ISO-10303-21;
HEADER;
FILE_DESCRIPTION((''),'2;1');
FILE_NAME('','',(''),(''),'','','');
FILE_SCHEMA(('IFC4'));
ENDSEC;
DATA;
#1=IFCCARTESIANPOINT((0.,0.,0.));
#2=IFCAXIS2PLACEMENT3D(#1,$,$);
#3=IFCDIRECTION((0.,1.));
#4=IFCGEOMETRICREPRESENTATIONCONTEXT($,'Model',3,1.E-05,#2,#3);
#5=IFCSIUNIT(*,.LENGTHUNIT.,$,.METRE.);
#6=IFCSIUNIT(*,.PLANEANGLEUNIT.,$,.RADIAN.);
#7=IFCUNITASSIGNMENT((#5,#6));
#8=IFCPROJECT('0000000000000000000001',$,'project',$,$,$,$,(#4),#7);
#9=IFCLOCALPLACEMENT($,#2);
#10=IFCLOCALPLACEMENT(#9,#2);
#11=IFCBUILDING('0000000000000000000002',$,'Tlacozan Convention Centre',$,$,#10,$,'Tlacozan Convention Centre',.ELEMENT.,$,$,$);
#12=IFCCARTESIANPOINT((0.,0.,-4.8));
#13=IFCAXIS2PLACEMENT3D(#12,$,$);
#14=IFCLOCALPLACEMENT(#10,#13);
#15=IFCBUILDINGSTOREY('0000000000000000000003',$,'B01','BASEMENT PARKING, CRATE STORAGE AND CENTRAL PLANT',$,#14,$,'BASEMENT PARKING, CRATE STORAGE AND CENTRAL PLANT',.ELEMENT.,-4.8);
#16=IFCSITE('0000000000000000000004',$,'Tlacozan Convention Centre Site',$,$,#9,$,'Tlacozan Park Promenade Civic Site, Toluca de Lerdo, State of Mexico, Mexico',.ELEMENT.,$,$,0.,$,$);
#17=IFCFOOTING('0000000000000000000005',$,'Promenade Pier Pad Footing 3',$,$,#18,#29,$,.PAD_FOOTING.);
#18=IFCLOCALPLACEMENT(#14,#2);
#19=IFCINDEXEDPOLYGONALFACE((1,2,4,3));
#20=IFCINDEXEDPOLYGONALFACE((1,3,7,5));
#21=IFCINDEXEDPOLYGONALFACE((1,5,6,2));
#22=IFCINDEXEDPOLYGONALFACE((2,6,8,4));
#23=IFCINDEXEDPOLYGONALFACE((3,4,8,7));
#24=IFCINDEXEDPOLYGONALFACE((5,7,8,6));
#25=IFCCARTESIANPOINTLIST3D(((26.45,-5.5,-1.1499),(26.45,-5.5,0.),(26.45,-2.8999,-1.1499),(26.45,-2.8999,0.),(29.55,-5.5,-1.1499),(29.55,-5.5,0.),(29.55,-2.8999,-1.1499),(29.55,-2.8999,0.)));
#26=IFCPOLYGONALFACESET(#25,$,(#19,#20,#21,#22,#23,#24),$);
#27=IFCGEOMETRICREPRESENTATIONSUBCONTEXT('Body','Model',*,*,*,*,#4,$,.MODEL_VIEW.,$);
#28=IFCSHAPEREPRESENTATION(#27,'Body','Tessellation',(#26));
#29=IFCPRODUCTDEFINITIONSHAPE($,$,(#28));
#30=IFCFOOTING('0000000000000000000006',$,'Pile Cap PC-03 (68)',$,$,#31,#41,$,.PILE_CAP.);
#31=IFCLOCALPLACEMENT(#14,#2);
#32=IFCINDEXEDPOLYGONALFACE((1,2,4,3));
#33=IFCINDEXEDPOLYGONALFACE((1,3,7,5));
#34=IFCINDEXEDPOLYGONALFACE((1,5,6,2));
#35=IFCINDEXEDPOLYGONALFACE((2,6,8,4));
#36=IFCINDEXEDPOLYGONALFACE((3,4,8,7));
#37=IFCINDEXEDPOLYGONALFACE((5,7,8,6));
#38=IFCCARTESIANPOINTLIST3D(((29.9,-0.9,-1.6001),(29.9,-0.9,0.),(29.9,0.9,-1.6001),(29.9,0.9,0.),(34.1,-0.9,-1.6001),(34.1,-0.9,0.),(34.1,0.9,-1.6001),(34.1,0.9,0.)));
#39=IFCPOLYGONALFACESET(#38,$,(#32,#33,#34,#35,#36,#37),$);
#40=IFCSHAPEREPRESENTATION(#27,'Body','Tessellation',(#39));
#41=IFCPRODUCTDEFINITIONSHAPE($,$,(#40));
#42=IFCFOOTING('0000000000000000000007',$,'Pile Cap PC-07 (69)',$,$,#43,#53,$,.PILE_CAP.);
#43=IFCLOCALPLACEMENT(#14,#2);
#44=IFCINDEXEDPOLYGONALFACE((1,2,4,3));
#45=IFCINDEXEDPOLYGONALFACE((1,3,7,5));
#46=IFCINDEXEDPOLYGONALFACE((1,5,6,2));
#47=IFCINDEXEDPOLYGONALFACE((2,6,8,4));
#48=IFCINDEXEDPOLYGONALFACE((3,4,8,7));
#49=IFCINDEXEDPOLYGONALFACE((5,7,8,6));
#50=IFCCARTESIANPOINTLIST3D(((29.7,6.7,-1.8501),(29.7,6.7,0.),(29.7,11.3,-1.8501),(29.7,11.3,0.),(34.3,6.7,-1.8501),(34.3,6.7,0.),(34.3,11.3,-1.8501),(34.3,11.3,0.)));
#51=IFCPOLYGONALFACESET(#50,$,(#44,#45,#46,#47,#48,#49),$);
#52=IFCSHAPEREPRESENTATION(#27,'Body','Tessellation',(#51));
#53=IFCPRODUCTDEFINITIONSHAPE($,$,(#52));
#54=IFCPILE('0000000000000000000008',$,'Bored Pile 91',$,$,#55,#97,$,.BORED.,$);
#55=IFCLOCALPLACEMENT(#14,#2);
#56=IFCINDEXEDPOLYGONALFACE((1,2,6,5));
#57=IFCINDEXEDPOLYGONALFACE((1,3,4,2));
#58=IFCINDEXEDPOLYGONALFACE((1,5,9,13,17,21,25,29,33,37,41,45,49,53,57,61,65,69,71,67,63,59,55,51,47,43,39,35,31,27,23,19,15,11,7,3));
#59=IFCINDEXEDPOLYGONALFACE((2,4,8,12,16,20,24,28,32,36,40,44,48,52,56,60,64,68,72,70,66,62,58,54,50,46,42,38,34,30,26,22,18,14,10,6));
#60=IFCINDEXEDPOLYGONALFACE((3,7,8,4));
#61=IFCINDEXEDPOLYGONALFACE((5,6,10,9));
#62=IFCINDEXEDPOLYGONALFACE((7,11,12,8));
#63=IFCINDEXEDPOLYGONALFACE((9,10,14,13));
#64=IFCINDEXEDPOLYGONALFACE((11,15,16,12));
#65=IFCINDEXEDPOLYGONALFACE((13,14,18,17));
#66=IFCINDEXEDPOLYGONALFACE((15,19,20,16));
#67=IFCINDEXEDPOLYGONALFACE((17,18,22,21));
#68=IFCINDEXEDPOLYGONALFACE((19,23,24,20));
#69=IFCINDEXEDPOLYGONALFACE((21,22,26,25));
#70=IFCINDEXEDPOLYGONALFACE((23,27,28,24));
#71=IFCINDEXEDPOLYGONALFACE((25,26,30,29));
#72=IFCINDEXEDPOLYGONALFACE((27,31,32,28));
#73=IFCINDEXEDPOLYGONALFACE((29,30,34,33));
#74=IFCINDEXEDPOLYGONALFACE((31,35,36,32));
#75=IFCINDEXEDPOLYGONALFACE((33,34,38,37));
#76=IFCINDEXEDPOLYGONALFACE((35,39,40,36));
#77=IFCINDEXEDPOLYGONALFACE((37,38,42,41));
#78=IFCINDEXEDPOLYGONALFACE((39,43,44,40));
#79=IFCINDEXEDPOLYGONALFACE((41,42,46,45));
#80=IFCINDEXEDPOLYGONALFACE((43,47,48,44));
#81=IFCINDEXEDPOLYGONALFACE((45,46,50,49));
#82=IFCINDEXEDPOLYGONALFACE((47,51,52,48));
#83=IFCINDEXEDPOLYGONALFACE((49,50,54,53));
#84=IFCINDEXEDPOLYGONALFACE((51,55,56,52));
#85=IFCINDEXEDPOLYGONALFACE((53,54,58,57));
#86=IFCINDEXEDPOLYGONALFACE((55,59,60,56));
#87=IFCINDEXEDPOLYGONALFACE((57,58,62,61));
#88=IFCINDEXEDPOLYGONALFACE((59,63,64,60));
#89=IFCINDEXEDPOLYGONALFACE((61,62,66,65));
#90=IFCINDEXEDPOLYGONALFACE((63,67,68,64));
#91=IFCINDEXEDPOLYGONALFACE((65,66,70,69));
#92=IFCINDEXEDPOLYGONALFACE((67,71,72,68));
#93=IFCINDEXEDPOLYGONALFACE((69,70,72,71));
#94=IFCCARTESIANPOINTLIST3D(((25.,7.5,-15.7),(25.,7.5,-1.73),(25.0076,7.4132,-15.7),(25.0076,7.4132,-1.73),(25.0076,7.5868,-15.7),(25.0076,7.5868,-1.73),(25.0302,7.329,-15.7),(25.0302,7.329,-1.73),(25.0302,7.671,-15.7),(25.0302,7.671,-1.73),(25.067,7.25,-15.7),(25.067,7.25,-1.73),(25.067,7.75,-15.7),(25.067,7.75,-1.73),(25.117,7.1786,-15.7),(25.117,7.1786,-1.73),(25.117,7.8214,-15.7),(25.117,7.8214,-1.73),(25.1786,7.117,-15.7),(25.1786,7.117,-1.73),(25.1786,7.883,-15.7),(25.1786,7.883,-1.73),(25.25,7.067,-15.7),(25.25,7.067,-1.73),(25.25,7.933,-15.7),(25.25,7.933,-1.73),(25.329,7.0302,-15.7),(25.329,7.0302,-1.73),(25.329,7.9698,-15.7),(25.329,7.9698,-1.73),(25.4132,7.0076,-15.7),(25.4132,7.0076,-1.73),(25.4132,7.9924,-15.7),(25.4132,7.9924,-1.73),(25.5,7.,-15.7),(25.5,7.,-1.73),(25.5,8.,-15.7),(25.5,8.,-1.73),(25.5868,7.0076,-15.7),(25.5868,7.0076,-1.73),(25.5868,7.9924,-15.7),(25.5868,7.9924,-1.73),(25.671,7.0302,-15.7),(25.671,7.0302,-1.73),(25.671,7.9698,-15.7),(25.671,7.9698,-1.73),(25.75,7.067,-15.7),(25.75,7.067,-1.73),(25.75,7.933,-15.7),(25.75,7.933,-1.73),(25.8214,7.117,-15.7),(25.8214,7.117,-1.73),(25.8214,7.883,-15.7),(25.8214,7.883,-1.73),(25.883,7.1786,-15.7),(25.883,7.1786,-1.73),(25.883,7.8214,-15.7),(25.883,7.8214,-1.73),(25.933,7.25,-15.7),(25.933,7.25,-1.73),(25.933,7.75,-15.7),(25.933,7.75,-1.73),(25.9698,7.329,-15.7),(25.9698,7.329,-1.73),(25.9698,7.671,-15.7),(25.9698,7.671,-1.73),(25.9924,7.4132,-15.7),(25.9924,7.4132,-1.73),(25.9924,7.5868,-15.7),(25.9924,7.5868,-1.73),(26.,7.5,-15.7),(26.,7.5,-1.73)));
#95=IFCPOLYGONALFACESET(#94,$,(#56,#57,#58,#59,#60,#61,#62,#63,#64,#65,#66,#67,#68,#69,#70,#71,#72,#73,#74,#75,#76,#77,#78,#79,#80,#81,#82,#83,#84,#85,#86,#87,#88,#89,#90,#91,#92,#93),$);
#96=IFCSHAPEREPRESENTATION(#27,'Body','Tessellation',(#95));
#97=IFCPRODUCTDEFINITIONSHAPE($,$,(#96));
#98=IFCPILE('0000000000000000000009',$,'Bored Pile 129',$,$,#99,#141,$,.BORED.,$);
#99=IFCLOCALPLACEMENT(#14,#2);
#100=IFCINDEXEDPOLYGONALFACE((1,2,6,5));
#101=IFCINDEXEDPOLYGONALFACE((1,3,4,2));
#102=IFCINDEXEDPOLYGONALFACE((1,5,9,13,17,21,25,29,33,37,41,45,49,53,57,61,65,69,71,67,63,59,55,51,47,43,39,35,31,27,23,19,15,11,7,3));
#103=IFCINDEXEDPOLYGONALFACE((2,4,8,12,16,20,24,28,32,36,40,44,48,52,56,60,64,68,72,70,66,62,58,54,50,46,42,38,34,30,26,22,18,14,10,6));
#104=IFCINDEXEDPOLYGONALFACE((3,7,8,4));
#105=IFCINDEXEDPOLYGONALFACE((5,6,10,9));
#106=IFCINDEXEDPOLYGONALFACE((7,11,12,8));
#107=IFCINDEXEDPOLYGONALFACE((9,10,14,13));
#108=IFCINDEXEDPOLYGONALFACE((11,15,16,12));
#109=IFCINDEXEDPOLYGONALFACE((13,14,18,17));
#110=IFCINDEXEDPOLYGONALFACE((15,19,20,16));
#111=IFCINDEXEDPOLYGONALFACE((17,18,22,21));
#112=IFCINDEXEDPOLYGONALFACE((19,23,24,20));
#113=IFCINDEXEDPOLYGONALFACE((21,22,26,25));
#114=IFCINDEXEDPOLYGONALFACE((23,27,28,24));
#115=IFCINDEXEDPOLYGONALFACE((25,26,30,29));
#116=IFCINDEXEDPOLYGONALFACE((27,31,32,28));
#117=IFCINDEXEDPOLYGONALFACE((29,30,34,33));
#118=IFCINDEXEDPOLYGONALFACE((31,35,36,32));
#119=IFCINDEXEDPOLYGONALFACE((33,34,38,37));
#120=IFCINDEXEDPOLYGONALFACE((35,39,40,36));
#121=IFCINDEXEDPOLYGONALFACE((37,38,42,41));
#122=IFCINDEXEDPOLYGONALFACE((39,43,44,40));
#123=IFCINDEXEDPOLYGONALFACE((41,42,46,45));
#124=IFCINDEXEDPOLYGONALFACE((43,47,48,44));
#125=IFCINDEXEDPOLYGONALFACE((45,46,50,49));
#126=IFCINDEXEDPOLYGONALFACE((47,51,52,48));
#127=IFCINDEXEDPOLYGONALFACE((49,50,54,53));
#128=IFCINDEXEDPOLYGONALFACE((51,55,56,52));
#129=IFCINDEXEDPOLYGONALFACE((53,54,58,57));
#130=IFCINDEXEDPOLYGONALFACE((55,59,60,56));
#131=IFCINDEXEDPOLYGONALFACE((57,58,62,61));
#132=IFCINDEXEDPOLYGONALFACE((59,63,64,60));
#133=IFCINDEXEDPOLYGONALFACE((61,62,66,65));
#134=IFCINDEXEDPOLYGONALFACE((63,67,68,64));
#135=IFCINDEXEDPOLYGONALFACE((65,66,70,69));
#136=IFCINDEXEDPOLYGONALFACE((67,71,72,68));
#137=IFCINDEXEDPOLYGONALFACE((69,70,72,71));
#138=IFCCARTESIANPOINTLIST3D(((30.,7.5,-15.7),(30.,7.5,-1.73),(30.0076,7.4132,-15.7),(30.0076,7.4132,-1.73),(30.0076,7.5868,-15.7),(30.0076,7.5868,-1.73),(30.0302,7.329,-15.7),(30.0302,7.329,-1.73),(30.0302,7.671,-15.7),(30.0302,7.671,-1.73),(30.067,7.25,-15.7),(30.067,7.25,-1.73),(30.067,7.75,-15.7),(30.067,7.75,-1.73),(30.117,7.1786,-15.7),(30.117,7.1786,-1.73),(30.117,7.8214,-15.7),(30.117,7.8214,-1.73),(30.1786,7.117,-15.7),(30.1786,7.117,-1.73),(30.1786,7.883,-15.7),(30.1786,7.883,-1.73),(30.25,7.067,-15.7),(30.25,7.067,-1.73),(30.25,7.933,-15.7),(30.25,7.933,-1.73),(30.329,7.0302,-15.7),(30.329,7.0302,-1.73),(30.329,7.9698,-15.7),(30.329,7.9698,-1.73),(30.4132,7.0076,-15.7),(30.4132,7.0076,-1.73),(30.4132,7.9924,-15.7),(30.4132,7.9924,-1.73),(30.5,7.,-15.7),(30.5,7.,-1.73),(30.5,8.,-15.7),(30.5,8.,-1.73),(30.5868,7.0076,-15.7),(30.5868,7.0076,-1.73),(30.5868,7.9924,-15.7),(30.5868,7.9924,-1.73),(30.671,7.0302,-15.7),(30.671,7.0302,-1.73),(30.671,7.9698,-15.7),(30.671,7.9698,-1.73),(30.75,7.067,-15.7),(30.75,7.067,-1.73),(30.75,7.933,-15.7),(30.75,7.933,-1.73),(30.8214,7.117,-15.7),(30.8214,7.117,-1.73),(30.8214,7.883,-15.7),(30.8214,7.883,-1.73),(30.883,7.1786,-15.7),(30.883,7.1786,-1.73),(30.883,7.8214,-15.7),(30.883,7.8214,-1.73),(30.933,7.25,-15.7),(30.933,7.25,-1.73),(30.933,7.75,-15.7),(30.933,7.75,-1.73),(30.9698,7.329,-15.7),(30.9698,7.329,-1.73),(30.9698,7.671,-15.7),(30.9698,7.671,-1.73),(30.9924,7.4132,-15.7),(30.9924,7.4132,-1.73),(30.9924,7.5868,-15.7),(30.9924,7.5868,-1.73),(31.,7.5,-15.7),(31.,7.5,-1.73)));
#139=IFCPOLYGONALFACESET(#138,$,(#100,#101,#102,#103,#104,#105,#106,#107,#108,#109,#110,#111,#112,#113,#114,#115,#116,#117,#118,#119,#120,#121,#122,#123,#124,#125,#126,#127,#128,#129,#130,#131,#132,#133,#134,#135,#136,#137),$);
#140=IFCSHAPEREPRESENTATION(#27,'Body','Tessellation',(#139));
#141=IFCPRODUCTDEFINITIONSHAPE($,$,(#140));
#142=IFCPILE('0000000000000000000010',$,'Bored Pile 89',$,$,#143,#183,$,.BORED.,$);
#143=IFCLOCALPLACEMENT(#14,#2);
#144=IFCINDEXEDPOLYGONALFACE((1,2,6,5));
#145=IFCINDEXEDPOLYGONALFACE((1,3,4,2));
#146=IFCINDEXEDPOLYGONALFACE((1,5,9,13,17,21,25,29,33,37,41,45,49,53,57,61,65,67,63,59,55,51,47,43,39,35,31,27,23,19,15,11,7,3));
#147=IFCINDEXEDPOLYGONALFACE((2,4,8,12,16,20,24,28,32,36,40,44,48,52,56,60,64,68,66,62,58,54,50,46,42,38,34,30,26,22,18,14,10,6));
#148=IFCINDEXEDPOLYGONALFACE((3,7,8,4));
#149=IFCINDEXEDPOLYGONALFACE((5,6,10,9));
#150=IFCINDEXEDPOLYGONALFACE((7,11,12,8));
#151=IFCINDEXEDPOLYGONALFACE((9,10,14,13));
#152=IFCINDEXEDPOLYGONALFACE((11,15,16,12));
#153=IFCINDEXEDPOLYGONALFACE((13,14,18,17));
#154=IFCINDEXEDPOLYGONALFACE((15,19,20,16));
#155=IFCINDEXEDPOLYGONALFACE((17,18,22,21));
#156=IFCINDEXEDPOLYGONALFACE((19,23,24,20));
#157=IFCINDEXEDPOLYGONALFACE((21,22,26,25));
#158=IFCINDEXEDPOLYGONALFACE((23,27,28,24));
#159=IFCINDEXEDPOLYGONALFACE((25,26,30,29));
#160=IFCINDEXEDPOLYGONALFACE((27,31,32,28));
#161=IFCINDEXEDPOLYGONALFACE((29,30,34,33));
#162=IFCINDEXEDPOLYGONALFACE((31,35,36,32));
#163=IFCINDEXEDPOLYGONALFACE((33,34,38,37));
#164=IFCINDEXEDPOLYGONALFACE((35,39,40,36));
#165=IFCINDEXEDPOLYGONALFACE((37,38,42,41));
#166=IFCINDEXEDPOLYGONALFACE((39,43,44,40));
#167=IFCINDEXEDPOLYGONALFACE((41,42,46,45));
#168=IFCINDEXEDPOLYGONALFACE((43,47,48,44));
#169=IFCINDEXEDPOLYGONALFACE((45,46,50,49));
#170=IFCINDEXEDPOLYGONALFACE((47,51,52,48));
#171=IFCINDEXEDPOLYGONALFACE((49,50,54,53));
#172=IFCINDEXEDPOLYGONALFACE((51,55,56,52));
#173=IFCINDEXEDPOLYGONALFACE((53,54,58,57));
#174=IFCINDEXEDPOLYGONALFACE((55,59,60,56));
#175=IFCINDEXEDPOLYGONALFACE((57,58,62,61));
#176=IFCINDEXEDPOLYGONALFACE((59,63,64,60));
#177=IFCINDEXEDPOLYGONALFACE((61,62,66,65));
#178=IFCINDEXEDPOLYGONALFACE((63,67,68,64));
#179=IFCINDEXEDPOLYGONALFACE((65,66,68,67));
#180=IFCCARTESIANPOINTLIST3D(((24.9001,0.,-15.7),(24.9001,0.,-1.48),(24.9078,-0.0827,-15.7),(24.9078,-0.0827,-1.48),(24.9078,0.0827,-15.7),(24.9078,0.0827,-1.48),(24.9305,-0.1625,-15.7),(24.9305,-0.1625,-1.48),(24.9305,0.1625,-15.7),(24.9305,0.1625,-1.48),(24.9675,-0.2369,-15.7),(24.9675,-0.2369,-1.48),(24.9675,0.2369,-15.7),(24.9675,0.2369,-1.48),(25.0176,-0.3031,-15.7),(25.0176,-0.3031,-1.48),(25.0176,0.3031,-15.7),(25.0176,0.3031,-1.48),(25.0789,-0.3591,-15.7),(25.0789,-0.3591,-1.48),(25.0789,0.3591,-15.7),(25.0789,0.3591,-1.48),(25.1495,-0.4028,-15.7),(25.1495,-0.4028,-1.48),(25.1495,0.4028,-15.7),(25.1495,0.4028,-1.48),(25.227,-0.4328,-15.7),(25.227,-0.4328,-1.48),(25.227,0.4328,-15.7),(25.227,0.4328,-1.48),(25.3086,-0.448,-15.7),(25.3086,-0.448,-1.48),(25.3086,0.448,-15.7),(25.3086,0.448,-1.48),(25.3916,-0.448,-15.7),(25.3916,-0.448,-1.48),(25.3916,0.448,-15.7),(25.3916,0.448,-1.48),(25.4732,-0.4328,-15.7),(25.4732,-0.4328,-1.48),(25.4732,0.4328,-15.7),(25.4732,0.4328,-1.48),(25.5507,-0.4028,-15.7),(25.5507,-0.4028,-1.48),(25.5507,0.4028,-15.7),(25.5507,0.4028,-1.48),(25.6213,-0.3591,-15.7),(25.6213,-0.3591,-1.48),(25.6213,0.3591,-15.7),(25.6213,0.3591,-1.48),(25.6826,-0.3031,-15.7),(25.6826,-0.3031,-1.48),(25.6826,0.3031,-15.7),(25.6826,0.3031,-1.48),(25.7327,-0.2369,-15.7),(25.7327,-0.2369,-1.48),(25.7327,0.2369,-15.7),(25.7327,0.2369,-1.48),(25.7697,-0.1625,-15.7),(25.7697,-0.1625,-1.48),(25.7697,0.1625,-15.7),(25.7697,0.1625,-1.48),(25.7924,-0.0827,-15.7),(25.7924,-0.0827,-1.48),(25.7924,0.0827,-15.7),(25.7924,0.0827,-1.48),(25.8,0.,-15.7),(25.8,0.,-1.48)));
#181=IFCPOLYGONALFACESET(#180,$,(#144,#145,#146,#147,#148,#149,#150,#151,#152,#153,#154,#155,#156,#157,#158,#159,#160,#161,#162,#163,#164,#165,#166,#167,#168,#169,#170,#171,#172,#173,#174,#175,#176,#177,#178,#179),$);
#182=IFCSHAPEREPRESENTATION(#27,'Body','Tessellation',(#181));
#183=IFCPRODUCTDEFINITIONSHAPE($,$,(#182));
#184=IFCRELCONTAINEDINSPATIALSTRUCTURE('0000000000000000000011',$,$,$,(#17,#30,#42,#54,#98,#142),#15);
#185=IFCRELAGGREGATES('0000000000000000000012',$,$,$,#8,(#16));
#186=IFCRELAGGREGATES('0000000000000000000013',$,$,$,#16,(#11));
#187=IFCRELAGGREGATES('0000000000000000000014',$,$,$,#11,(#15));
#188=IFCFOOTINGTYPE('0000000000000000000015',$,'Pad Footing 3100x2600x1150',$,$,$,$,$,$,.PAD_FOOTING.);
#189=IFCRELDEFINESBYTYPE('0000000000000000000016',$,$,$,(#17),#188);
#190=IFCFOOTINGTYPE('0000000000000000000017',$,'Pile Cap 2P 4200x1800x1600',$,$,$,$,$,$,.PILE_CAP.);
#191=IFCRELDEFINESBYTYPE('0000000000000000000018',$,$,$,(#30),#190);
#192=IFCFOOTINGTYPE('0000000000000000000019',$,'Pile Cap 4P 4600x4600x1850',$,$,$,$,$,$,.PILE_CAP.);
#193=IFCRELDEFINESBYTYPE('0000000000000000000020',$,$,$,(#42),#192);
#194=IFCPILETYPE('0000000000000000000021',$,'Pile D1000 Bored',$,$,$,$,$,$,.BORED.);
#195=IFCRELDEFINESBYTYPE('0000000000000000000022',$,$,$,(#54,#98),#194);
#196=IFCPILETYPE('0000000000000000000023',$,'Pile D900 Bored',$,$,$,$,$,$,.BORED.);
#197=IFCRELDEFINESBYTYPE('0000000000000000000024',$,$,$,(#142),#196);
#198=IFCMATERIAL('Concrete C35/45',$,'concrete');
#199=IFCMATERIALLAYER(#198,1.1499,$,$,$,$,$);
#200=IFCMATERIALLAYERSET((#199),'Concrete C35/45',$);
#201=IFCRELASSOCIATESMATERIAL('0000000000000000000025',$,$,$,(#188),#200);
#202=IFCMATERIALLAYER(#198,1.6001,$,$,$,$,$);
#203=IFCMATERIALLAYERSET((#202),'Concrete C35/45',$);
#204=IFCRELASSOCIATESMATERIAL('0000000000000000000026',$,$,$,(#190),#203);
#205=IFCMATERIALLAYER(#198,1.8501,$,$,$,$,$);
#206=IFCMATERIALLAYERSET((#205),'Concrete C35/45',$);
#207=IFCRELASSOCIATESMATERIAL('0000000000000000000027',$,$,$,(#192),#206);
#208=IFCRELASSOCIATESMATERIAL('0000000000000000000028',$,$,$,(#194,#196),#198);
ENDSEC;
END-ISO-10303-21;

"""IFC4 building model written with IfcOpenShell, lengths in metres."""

from ifc_helpers import new_model, si_unit, direction, frame, origin, origin_2d, place, context, subcontext, project, spatial, rectangle, circle, extrude, material, layer, layer_set, material_profile, profile_set, type_object, element, save


model = new_model("IFC4")

# Units and contexts
model_context = context("Model", 3, precision=1e-05, world=origin(), true_north=direction((0.0, 1.0)))
body_context = subcontext(model_context, "Body", "Model", "MODEL_VIEW")
ifc_project = project(units=[si_unit("LENGTHUNIT", "METRE"), si_unit("PLANEANGLEUNIT", "RADIAN")], contexts=[model_context])

# Site, building, storey
site_placement = place(None, origin())
site = spatial("IfcSite", under=ifc_project, at=site_placement, Name="Tlacozan Convention Centre Site", LongName="Tlacozan Park Promenade Civic Site, Toluca de Lerdo, State of Mexico, Mexico", CompositionType="ELEMENT", RefElevation=0.0)
building_placement = place(site_placement, origin())
building = spatial("IfcBuilding", under=site, at=building_placement, Name="Tlacozan Convention Centre", LongName="Tlacozan Convention Centre", CompositionType="ELEMENT")
storey_placement = place(building_placement, frame((0.0, 0.0, -4.8)))
storey = spatial("IfcBuildingStorey", under=building, at=storey_placement, Name="B01", Description="BASEMENT PARKING, CRATE STORAGE AND CENTRAL PLANT", LongName="BASEMENT PARKING, CRATE STORAGE AND CENTRAL PLANT", CompositionType="ELEMENT", Elevation=-4.8)

# Footings
ifc_material_1 = material(Name="Concrete C35/45", Category="concrete")
ifc_layer_1 = layer(ifc_material_1, 1.1499)
ifc_layer_set_1 = layer_set([ifc_layer_1], Name="Concrete C35/45")
footing_type_1 = type_object("IfcFootingType", Name="Pad Footing 3100x2600x1150", PredefinedType="PAD_FOOTING", material=ifc_layer_set_1)
footing_1_placement = place(storey_placement, frame((28.0, -4.2, -1.1499), z_axis=(0.0, 0.0, 1.0), x_axis=(1.0, 0.0, 0.0)))
element("IfcFooting", 1, at=footing_1_placement, inside=storey, type_object=footing_type_1, Name="Promenade Pier Pad Footing 3", PredefinedType="PAD_FOOTING", context=body_context, shape_type="SweptSolid", body=[
    extrude(rectangle(XDim=3.1001, YDim=2.6001, at=origin_2d()), origin(), (0.0, 0.0, 1.0), 1.1499),
])
ifc_layer_2 = layer(ifc_material_1, 1.6001)
ifc_layer_set_2 = layer_set([ifc_layer_2], Name="Concrete C35/45")
footing_type_2 = type_object("IfcFootingType", Name="Pile Cap 2P 4200x1800x1600", PredefinedType="PILE_CAP", material=ifc_layer_set_2)
footing_2_placement = place(storey_placement, frame((32.0, 0.0, -1.6001), z_axis=(0.0, 0.0, 1.0), x_axis=(1.0, 0.0, 0.0)))
element("IfcFooting", 2, at=footing_2_placement, inside=storey, type_object=footing_type_2, Name="Pile Cap PC-03 (68)", PredefinedType="PILE_CAP", context=body_context, shape_type="SweptSolid", body=[
    extrude(rectangle(XDim=4.2, YDim=1.8, at=origin_2d()), origin(), (0.0, 0.0, 1.0), 1.6001),
])
ifc_layer_3 = layer(ifc_material_1, 1.8501)
ifc_layer_set_3 = layer_set([ifc_layer_3], Name="Concrete C35/45")
footing_type_3 = type_object("IfcFootingType", Name="Pile Cap 4P 4600x4600x1850", PredefinedType="PILE_CAP", material=ifc_layer_set_3)
footing_3_placement = place(storey_placement, frame((32.0, 9.0, -1.8501), z_axis=(0.0, 0.0, 1.0), x_axis=(1.0, 0.0, 0.0)))
element("IfcFooting", 3, at=footing_3_placement, inside=storey, type_object=footing_type_3, Name="Pile Cap PC-07 (69)", PredefinedType="PILE_CAP", context=body_context, shape_type="SweptSolid", body=[
    extrude(rectangle(XDim=4.6001, YDim=4.6001, at=origin_2d()), origin(), (0.0, 0.0, 1.0), 1.8501),
])

# Piles
ifc_material_profile_1 = material_profile(ifc_material_1, circle(Radius=0.5, at=origin_2d()), Name="PILE D1000")
ifc_profile_set_1 = profile_set([ifc_material_profile_1], Name="Concrete C35/45")
pile_type_1 = type_object("IfcPileType", Name="Pile D1000 Bored", PredefinedType="BORED", material=ifc_profile_set_1)
for number, where, z_axis, x_axis, name in (
    (4, (25.5, 7.5, -1.73), (0.0, 0.0, -1.0), (1.0, 0.0, 0.0), "Bored Pile 91"),
    (5, (30.5, 7.5, -1.73), (0.0, 0.0, -1.0), (1.0, 0.0, 0.0), "Bored Pile 129"),
):
    element("IfcPile", number, at=place(storey_placement, frame(where, z_axis=z_axis, x_axis=x_axis)), inside=storey, type_object=pile_type_1, Name=name, PredefinedType="BORED", context=body_context, shape_type="SweptSolid", body=[
        extrude(circle(Radius=0.5, at=origin_2d()), origin(), (0.0, 0.0, 1.0), 13.97),
    ])
ifc_material_profile_2 = material_profile(ifc_material_1, circle(Radius=0.45, at=origin_2d()), Name="PILE D900")
ifc_profile_set_2 = profile_set([ifc_material_profile_2], Name="Concrete C35/45")
pile_type_2 = type_object("IfcPileType", Name="Pile D900 Bored", PredefinedType="BORED", material=ifc_profile_set_2)
for number, where, z_axis, x_axis, name in (
    (6, (25.3501, 0.0, -1.48), (0.0, 0.0, -1.0), (1.0, 0.0, 0.0), "Bored Pile 89"),
):
    element("IfcPile", number, at=place(storey_placement, frame(where, z_axis=z_axis, x_axis=x_axis)), inside=storey, type_object=pile_type_2, Name=name, PredefinedType="BORED", context=body_context, shape_type="SweptSolid", body=[
        extrude(circle(Radius=0.45, at=origin_2d()), origin(), (0.0, 0.0, 1.0), 14.22),
    ])

save(model, "model.ifc")
